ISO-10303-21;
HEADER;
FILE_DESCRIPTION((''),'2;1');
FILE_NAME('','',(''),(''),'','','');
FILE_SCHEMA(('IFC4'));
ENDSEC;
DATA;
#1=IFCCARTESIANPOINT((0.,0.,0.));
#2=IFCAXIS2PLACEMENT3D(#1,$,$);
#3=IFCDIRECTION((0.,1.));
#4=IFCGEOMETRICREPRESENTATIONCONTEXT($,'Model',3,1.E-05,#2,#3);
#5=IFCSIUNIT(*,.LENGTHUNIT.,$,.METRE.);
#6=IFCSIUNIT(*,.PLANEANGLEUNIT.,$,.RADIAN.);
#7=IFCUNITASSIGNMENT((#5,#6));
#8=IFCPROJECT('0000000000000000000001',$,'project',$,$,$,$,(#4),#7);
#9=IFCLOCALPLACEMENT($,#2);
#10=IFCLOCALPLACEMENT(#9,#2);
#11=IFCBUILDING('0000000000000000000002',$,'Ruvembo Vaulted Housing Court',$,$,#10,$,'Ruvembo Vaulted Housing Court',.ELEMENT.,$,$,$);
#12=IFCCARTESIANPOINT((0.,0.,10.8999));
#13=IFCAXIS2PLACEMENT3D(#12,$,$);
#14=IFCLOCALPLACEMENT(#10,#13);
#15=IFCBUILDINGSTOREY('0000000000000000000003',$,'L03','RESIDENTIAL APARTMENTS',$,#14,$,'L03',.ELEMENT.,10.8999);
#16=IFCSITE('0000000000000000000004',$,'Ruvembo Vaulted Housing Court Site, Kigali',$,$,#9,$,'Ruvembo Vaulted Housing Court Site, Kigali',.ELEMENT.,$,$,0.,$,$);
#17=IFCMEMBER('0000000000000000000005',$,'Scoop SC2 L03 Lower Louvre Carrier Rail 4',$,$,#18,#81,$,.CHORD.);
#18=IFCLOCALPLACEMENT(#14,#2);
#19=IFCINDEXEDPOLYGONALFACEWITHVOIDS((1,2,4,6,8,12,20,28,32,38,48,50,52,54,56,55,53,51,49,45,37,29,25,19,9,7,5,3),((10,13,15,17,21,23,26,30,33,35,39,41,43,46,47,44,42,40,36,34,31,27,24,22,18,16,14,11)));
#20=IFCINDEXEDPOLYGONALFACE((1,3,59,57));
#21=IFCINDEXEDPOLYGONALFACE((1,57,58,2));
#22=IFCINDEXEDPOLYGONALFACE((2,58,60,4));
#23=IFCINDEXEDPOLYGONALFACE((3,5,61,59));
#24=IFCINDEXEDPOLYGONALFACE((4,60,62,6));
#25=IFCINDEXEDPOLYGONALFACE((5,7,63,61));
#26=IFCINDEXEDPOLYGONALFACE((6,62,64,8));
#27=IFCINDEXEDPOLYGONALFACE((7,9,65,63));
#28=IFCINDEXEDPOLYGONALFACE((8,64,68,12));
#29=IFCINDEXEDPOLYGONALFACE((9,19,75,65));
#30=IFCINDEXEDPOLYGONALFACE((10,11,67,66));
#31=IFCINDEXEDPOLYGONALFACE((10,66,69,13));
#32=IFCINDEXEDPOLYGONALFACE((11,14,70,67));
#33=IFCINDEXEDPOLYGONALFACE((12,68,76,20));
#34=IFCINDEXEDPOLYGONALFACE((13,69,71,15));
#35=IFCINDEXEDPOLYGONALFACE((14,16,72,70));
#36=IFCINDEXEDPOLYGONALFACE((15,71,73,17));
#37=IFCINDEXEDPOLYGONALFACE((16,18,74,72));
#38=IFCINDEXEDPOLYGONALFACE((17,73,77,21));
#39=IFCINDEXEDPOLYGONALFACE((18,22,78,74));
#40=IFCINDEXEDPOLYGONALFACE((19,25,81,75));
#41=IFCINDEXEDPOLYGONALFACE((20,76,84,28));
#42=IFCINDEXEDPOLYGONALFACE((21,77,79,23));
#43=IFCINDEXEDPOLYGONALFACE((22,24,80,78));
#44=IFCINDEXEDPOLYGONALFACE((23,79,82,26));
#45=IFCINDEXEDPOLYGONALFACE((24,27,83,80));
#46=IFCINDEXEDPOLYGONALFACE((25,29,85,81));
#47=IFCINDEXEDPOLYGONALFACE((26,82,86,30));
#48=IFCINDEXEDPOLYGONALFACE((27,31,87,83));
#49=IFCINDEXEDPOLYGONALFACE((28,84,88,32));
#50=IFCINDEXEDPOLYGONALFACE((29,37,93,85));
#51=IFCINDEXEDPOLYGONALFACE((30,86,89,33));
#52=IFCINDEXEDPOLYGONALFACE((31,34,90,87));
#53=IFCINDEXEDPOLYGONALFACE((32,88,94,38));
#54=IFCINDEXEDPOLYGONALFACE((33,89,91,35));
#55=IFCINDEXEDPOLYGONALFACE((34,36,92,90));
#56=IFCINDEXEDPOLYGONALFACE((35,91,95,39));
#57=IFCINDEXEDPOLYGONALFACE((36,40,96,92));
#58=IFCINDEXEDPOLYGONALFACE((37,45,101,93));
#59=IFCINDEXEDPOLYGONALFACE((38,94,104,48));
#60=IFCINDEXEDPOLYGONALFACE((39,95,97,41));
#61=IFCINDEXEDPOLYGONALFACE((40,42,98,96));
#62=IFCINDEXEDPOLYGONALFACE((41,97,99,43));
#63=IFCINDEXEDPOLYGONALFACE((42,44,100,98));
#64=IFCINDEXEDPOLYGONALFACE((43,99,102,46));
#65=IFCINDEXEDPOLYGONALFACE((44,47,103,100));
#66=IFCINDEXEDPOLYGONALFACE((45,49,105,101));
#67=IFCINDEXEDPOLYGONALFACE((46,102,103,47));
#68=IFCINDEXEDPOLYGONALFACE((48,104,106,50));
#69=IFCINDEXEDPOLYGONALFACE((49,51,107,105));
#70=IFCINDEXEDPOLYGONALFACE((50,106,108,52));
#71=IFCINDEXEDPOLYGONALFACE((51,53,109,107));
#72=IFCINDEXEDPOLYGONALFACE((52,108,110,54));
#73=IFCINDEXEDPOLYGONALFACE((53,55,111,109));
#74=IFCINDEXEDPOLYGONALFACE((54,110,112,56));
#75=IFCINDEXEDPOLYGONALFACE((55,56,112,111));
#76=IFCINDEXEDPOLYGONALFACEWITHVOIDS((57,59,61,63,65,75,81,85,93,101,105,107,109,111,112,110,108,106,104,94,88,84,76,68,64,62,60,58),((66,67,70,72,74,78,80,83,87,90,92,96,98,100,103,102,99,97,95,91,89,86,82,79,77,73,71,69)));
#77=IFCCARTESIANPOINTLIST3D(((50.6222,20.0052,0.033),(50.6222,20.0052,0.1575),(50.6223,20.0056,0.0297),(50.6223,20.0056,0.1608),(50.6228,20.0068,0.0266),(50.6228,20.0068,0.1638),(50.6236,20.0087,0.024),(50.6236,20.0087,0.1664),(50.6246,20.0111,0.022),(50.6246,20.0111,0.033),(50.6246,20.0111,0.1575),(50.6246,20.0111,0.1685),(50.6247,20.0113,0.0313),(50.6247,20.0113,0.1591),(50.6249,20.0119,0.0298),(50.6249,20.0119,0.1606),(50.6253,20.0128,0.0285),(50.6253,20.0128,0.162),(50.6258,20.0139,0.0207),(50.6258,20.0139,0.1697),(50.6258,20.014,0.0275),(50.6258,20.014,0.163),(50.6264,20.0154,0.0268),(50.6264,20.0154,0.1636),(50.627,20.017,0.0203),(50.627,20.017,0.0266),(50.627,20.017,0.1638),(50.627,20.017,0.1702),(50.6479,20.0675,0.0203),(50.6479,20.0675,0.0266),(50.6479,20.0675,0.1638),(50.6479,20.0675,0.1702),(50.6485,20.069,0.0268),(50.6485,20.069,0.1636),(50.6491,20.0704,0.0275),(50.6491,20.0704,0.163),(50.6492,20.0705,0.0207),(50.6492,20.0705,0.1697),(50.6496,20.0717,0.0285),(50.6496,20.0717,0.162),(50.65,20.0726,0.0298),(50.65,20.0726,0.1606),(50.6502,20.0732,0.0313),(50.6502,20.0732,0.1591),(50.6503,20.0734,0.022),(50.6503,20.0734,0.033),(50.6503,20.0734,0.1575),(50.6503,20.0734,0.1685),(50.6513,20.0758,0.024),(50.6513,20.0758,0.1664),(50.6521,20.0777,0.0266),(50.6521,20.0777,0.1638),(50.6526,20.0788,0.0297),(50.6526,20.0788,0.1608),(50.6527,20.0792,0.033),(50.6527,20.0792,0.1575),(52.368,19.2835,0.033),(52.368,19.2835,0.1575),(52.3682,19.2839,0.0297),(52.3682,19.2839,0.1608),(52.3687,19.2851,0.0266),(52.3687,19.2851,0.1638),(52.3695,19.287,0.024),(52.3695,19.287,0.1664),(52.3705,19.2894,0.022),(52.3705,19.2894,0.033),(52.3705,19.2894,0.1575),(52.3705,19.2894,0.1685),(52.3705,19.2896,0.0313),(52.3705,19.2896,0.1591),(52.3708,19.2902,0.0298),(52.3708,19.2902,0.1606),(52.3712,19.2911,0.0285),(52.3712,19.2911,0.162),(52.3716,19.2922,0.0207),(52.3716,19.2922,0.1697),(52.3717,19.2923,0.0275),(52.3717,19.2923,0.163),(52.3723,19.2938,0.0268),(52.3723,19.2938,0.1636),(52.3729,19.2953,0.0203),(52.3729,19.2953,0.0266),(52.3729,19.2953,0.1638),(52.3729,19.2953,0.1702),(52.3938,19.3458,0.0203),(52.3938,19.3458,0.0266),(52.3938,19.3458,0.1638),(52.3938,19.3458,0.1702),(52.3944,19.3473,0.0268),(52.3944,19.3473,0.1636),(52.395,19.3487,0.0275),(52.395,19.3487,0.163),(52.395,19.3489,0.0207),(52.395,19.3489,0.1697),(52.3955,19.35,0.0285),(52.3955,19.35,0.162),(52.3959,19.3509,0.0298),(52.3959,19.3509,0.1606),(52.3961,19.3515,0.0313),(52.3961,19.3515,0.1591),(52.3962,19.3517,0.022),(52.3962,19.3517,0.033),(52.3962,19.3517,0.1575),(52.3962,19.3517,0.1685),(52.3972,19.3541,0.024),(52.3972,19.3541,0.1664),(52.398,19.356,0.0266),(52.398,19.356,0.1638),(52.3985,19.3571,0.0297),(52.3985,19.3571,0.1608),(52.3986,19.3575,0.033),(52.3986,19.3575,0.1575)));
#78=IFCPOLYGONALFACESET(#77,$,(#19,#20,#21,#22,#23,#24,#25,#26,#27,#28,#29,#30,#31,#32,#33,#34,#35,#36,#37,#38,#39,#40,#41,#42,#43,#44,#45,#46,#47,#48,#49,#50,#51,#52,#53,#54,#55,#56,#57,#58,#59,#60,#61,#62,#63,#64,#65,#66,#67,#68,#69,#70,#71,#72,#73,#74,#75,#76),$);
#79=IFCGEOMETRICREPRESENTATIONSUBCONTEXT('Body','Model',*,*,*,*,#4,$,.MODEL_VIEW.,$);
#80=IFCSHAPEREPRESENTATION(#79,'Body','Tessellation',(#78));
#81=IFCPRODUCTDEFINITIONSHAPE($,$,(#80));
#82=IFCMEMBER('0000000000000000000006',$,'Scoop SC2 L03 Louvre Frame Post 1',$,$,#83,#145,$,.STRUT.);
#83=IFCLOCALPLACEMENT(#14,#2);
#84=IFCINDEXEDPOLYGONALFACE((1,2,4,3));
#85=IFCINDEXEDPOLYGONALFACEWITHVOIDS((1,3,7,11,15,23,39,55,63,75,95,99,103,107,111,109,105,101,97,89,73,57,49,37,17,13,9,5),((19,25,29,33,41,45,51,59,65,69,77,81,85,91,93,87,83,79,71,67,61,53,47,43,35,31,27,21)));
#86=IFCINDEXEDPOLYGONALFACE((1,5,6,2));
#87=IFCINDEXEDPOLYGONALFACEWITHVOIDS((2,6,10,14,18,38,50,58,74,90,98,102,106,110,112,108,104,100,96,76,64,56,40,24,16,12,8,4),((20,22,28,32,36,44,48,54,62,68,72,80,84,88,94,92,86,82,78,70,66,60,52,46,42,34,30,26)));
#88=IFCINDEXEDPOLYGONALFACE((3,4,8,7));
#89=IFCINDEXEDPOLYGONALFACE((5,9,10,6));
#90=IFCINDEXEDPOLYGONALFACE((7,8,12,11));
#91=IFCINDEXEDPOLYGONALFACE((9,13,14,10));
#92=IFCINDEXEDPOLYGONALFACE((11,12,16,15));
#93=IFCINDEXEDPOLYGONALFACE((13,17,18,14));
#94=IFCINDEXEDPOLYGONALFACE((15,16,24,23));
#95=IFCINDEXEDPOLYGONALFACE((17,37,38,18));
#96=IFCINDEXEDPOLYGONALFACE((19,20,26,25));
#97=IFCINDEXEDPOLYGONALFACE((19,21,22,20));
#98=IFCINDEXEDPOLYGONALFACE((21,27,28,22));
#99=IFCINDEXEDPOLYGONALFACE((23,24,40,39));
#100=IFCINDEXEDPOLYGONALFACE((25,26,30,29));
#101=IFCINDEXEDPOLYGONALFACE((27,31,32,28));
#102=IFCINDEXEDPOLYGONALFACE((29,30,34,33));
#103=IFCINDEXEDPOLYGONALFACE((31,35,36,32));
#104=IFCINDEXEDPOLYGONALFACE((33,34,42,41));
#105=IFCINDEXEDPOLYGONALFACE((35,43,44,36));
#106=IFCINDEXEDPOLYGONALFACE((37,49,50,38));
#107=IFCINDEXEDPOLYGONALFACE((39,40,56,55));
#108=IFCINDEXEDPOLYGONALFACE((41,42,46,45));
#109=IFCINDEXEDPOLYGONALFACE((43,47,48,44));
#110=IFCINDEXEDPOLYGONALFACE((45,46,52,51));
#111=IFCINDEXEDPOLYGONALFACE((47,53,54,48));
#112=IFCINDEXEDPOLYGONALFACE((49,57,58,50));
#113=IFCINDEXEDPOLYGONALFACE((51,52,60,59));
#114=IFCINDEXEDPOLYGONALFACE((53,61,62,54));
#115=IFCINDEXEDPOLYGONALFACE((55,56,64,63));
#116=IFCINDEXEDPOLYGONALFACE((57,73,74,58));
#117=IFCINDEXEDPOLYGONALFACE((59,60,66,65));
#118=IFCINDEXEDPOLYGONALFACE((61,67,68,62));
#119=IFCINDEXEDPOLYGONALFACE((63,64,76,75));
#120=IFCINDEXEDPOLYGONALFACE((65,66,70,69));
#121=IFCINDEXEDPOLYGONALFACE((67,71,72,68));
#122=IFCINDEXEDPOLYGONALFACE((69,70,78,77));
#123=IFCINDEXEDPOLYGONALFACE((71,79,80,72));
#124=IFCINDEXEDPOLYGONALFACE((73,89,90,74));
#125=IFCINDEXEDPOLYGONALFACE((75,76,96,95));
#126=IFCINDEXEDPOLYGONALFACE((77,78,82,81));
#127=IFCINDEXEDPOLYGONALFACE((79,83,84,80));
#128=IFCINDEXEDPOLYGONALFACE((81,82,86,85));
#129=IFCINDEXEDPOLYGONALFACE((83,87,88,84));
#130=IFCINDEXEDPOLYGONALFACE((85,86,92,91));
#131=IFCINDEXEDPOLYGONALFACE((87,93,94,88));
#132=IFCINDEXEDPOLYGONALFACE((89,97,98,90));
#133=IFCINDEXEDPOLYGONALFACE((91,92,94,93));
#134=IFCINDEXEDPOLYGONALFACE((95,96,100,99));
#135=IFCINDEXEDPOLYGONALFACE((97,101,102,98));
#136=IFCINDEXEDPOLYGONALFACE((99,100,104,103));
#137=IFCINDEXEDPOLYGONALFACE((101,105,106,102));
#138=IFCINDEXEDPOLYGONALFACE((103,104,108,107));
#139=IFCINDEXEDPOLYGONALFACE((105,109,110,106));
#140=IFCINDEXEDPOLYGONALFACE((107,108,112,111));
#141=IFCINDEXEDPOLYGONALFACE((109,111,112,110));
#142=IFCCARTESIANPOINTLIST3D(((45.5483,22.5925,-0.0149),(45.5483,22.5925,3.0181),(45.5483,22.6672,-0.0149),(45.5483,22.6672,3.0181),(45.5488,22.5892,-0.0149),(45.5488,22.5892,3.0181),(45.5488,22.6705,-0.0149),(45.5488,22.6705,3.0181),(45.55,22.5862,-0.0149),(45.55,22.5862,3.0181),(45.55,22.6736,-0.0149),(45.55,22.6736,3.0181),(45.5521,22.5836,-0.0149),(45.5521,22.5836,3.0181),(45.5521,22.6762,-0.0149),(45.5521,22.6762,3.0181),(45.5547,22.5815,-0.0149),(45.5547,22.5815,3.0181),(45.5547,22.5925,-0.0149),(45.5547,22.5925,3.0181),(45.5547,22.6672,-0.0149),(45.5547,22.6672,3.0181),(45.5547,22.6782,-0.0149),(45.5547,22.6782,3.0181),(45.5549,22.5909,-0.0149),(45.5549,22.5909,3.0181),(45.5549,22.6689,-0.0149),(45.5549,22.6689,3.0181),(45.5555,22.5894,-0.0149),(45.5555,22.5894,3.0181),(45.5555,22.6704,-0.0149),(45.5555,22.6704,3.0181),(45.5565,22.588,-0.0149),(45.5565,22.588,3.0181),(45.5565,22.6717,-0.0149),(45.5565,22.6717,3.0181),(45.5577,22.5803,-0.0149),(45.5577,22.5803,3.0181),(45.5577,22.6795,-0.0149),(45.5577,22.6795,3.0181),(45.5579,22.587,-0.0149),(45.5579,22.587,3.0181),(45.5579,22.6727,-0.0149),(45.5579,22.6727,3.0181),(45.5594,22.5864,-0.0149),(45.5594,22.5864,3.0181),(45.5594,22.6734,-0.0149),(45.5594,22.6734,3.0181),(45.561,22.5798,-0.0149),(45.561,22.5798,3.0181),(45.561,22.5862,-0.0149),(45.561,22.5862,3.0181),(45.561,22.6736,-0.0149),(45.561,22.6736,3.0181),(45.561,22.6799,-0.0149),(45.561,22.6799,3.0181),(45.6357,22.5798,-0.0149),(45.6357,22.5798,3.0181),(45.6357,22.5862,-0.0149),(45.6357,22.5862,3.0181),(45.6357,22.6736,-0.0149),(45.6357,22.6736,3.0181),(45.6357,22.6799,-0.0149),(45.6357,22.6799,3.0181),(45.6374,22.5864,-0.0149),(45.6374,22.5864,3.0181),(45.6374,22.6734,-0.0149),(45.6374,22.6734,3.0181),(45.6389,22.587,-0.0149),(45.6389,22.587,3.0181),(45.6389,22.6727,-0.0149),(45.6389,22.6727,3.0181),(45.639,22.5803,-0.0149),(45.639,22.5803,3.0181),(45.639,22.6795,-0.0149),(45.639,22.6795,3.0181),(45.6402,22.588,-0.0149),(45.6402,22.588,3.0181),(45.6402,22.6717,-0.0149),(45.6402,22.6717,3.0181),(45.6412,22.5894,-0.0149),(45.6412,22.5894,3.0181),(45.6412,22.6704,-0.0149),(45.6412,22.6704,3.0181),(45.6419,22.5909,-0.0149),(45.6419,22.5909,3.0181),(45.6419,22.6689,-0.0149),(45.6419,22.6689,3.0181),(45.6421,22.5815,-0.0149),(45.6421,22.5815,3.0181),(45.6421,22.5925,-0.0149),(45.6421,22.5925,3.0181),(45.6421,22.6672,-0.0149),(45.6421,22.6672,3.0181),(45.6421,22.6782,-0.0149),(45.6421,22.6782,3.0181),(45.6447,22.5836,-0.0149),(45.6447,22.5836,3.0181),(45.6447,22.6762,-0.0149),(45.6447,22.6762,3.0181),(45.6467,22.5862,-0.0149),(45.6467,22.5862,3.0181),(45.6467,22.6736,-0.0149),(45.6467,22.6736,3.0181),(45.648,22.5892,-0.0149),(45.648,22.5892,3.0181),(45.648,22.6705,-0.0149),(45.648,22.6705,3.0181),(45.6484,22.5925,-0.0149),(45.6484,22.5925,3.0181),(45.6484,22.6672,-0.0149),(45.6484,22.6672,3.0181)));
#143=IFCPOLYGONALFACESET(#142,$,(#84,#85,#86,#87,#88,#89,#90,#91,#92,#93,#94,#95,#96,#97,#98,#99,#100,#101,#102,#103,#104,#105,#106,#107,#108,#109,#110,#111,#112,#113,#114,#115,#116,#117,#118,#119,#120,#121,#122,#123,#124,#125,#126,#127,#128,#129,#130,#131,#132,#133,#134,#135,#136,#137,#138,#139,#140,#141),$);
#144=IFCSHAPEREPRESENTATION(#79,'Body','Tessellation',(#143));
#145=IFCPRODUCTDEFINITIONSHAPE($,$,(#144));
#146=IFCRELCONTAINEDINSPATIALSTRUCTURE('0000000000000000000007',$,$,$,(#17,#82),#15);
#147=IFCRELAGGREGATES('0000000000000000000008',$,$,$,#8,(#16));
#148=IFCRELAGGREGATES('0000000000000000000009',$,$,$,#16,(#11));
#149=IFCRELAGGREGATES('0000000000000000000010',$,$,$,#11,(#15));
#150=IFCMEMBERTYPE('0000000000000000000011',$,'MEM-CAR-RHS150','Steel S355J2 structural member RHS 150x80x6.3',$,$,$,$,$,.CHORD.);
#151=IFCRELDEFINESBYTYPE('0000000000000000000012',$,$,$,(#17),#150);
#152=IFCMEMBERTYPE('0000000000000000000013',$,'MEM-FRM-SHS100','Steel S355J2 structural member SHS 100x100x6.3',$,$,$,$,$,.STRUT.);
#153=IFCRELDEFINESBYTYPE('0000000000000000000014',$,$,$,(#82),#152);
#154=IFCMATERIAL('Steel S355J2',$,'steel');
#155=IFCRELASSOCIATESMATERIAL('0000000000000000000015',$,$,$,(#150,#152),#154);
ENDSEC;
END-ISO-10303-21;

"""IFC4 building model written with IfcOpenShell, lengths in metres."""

from ifc_helpers import new_model, si_unit, direction, frame, origin, origin_2d, place, context, subcontext, project, spatial, hollow_rectangle, extrude, material, material_profile, profile_set, type_object, element, save


model = new_model("IFC4")

# Units and contexts
model_context = context("Model", 3, precision=1e-05, world=origin(), true_north=direction((0.0, 1.0)))
body_context = subcontext(model_context, "Body", "Model", "MODEL_VIEW")
ifc_project = project(units=[si_unit("LENGTHUNIT", "METRE"), si_unit("PLANEANGLEUNIT", "RADIAN")], contexts=[model_context])

# Site, building, storey
site_placement = place(None, origin())
site = spatial("IfcSite", under=ifc_project, at=site_placement, Name="Ruvembo Vaulted Housing Court Site, Kigali", LongName="Ruvembo Vaulted Housing Court Site, Kigali", CompositionType="ELEMENT", RefElevation=0.0)
building_placement = place(site_placement, origin())
building = spatial("IfcBuilding", under=site, at=building_placement, Name="Ruvembo Vaulted Housing Court", LongName="Ruvembo Vaulted Housing Court", CompositionType="ELEMENT")
storey_placement = place(building_placement, frame((0.0, 0.0, 10.8999)))
storey = spatial("IfcBuildingStorey", under=building, at=storey_placement, Name="L03", Description="RESIDENTIAL APARTMENTS", LongName="L03", CompositionType="ELEMENT", Elevation=10.8999)

# Shared definitions
ifc_material_1 = material(Name="Steel S355J2", Category="steel")

# Members
ifc_material_profile_1 = material_profile(ifc_material_1, hollow_rectangle(XDim=0.0801, YDim=0.1499, WallThickness=0.0063, InnerFilletRadius=0.0063, OuterFilletRadius=0.0127, at=origin_2d()), Name="RHS 150x80x6.3")
ifc_profile_set_1 = profile_set([ifc_material_profile_1], Name="Steel S355J2")
member_type_1 = type_object("IfcMemberType", Name="MEM-CAR-RHS150", Description="Steel S355J2 structural member RHS 150x80x6.3", PredefinedType="CHORD", material=ifc_profile_set_1)
member_1_placement = place(storey_placement, frame((50.6375, 20.0422, 0.0952), z_axis=(0.924155, -0.382017, 0.0), x_axis=(0.382017, 0.924155, 0.0)))
element("IfcMember", 1, at=member_1_placement, inside=storey, type_object=member_type_1, Name="Scoop SC2 L03 Lower Louvre Carrier Rail 4", PredefinedType="CHORD", context=body_context, shape_type="SweptSolid", body=[
    extrude(hollow_rectangle(XDim=0.0801, YDim=0.1499, WallThickness=0.0063, InnerFilletRadius=0.0063, OuterFilletRadius=0.0127, at=origin_2d()), origin(), (0.0, 0.0, 1.0), 1.8892),
])
ifc_material_profile_2 = material_profile(ifc_material_1, hollow_rectangle(XDim=0.1001, YDim=0.1001, WallThickness=0.0063, InnerFilletRadius=0.0063, OuterFilletRadius=0.0127, at=origin_2d()), Name="SHS 100x100x6.3")
ifc_profile_set_2 = profile_set([ifc_material_profile_2], Name="Steel S355J2")
member_type_2 = type_object("IfcMemberType", Name="MEM-FRM-SHS100", Description="Steel S355J2 structural member SHS 100x100x6.3", PredefinedType="STRUT", material=ifc_profile_set_2)
for number, where, z_axis, x_axis, name in (
    (2, (45.5984, 22.6299, -0.0149), (0.0, 0.0, 1.0), (1.0, 0.0, 0.0), "Scoop SC2 L03 Louvre Frame Post 1"),
):
    element("IfcMember", number, at=place(storey_placement, frame(where, z_axis=z_axis, x_axis=x_axis)), inside=storey, type_object=member_type_2, Name=name, PredefinedType="STRUT", context=body_context, shape_type="SweptSolid", body=[
        extrude(hollow_rectangle(XDim=0.1001, YDim=0.1001, WallThickness=0.0063, InnerFilletRadius=0.0063, OuterFilletRadius=0.0127, at=origin_2d()), origin(), (0.0, 0.0, 1.0), 3.033),
    ])

save(model, "model.ifc")
